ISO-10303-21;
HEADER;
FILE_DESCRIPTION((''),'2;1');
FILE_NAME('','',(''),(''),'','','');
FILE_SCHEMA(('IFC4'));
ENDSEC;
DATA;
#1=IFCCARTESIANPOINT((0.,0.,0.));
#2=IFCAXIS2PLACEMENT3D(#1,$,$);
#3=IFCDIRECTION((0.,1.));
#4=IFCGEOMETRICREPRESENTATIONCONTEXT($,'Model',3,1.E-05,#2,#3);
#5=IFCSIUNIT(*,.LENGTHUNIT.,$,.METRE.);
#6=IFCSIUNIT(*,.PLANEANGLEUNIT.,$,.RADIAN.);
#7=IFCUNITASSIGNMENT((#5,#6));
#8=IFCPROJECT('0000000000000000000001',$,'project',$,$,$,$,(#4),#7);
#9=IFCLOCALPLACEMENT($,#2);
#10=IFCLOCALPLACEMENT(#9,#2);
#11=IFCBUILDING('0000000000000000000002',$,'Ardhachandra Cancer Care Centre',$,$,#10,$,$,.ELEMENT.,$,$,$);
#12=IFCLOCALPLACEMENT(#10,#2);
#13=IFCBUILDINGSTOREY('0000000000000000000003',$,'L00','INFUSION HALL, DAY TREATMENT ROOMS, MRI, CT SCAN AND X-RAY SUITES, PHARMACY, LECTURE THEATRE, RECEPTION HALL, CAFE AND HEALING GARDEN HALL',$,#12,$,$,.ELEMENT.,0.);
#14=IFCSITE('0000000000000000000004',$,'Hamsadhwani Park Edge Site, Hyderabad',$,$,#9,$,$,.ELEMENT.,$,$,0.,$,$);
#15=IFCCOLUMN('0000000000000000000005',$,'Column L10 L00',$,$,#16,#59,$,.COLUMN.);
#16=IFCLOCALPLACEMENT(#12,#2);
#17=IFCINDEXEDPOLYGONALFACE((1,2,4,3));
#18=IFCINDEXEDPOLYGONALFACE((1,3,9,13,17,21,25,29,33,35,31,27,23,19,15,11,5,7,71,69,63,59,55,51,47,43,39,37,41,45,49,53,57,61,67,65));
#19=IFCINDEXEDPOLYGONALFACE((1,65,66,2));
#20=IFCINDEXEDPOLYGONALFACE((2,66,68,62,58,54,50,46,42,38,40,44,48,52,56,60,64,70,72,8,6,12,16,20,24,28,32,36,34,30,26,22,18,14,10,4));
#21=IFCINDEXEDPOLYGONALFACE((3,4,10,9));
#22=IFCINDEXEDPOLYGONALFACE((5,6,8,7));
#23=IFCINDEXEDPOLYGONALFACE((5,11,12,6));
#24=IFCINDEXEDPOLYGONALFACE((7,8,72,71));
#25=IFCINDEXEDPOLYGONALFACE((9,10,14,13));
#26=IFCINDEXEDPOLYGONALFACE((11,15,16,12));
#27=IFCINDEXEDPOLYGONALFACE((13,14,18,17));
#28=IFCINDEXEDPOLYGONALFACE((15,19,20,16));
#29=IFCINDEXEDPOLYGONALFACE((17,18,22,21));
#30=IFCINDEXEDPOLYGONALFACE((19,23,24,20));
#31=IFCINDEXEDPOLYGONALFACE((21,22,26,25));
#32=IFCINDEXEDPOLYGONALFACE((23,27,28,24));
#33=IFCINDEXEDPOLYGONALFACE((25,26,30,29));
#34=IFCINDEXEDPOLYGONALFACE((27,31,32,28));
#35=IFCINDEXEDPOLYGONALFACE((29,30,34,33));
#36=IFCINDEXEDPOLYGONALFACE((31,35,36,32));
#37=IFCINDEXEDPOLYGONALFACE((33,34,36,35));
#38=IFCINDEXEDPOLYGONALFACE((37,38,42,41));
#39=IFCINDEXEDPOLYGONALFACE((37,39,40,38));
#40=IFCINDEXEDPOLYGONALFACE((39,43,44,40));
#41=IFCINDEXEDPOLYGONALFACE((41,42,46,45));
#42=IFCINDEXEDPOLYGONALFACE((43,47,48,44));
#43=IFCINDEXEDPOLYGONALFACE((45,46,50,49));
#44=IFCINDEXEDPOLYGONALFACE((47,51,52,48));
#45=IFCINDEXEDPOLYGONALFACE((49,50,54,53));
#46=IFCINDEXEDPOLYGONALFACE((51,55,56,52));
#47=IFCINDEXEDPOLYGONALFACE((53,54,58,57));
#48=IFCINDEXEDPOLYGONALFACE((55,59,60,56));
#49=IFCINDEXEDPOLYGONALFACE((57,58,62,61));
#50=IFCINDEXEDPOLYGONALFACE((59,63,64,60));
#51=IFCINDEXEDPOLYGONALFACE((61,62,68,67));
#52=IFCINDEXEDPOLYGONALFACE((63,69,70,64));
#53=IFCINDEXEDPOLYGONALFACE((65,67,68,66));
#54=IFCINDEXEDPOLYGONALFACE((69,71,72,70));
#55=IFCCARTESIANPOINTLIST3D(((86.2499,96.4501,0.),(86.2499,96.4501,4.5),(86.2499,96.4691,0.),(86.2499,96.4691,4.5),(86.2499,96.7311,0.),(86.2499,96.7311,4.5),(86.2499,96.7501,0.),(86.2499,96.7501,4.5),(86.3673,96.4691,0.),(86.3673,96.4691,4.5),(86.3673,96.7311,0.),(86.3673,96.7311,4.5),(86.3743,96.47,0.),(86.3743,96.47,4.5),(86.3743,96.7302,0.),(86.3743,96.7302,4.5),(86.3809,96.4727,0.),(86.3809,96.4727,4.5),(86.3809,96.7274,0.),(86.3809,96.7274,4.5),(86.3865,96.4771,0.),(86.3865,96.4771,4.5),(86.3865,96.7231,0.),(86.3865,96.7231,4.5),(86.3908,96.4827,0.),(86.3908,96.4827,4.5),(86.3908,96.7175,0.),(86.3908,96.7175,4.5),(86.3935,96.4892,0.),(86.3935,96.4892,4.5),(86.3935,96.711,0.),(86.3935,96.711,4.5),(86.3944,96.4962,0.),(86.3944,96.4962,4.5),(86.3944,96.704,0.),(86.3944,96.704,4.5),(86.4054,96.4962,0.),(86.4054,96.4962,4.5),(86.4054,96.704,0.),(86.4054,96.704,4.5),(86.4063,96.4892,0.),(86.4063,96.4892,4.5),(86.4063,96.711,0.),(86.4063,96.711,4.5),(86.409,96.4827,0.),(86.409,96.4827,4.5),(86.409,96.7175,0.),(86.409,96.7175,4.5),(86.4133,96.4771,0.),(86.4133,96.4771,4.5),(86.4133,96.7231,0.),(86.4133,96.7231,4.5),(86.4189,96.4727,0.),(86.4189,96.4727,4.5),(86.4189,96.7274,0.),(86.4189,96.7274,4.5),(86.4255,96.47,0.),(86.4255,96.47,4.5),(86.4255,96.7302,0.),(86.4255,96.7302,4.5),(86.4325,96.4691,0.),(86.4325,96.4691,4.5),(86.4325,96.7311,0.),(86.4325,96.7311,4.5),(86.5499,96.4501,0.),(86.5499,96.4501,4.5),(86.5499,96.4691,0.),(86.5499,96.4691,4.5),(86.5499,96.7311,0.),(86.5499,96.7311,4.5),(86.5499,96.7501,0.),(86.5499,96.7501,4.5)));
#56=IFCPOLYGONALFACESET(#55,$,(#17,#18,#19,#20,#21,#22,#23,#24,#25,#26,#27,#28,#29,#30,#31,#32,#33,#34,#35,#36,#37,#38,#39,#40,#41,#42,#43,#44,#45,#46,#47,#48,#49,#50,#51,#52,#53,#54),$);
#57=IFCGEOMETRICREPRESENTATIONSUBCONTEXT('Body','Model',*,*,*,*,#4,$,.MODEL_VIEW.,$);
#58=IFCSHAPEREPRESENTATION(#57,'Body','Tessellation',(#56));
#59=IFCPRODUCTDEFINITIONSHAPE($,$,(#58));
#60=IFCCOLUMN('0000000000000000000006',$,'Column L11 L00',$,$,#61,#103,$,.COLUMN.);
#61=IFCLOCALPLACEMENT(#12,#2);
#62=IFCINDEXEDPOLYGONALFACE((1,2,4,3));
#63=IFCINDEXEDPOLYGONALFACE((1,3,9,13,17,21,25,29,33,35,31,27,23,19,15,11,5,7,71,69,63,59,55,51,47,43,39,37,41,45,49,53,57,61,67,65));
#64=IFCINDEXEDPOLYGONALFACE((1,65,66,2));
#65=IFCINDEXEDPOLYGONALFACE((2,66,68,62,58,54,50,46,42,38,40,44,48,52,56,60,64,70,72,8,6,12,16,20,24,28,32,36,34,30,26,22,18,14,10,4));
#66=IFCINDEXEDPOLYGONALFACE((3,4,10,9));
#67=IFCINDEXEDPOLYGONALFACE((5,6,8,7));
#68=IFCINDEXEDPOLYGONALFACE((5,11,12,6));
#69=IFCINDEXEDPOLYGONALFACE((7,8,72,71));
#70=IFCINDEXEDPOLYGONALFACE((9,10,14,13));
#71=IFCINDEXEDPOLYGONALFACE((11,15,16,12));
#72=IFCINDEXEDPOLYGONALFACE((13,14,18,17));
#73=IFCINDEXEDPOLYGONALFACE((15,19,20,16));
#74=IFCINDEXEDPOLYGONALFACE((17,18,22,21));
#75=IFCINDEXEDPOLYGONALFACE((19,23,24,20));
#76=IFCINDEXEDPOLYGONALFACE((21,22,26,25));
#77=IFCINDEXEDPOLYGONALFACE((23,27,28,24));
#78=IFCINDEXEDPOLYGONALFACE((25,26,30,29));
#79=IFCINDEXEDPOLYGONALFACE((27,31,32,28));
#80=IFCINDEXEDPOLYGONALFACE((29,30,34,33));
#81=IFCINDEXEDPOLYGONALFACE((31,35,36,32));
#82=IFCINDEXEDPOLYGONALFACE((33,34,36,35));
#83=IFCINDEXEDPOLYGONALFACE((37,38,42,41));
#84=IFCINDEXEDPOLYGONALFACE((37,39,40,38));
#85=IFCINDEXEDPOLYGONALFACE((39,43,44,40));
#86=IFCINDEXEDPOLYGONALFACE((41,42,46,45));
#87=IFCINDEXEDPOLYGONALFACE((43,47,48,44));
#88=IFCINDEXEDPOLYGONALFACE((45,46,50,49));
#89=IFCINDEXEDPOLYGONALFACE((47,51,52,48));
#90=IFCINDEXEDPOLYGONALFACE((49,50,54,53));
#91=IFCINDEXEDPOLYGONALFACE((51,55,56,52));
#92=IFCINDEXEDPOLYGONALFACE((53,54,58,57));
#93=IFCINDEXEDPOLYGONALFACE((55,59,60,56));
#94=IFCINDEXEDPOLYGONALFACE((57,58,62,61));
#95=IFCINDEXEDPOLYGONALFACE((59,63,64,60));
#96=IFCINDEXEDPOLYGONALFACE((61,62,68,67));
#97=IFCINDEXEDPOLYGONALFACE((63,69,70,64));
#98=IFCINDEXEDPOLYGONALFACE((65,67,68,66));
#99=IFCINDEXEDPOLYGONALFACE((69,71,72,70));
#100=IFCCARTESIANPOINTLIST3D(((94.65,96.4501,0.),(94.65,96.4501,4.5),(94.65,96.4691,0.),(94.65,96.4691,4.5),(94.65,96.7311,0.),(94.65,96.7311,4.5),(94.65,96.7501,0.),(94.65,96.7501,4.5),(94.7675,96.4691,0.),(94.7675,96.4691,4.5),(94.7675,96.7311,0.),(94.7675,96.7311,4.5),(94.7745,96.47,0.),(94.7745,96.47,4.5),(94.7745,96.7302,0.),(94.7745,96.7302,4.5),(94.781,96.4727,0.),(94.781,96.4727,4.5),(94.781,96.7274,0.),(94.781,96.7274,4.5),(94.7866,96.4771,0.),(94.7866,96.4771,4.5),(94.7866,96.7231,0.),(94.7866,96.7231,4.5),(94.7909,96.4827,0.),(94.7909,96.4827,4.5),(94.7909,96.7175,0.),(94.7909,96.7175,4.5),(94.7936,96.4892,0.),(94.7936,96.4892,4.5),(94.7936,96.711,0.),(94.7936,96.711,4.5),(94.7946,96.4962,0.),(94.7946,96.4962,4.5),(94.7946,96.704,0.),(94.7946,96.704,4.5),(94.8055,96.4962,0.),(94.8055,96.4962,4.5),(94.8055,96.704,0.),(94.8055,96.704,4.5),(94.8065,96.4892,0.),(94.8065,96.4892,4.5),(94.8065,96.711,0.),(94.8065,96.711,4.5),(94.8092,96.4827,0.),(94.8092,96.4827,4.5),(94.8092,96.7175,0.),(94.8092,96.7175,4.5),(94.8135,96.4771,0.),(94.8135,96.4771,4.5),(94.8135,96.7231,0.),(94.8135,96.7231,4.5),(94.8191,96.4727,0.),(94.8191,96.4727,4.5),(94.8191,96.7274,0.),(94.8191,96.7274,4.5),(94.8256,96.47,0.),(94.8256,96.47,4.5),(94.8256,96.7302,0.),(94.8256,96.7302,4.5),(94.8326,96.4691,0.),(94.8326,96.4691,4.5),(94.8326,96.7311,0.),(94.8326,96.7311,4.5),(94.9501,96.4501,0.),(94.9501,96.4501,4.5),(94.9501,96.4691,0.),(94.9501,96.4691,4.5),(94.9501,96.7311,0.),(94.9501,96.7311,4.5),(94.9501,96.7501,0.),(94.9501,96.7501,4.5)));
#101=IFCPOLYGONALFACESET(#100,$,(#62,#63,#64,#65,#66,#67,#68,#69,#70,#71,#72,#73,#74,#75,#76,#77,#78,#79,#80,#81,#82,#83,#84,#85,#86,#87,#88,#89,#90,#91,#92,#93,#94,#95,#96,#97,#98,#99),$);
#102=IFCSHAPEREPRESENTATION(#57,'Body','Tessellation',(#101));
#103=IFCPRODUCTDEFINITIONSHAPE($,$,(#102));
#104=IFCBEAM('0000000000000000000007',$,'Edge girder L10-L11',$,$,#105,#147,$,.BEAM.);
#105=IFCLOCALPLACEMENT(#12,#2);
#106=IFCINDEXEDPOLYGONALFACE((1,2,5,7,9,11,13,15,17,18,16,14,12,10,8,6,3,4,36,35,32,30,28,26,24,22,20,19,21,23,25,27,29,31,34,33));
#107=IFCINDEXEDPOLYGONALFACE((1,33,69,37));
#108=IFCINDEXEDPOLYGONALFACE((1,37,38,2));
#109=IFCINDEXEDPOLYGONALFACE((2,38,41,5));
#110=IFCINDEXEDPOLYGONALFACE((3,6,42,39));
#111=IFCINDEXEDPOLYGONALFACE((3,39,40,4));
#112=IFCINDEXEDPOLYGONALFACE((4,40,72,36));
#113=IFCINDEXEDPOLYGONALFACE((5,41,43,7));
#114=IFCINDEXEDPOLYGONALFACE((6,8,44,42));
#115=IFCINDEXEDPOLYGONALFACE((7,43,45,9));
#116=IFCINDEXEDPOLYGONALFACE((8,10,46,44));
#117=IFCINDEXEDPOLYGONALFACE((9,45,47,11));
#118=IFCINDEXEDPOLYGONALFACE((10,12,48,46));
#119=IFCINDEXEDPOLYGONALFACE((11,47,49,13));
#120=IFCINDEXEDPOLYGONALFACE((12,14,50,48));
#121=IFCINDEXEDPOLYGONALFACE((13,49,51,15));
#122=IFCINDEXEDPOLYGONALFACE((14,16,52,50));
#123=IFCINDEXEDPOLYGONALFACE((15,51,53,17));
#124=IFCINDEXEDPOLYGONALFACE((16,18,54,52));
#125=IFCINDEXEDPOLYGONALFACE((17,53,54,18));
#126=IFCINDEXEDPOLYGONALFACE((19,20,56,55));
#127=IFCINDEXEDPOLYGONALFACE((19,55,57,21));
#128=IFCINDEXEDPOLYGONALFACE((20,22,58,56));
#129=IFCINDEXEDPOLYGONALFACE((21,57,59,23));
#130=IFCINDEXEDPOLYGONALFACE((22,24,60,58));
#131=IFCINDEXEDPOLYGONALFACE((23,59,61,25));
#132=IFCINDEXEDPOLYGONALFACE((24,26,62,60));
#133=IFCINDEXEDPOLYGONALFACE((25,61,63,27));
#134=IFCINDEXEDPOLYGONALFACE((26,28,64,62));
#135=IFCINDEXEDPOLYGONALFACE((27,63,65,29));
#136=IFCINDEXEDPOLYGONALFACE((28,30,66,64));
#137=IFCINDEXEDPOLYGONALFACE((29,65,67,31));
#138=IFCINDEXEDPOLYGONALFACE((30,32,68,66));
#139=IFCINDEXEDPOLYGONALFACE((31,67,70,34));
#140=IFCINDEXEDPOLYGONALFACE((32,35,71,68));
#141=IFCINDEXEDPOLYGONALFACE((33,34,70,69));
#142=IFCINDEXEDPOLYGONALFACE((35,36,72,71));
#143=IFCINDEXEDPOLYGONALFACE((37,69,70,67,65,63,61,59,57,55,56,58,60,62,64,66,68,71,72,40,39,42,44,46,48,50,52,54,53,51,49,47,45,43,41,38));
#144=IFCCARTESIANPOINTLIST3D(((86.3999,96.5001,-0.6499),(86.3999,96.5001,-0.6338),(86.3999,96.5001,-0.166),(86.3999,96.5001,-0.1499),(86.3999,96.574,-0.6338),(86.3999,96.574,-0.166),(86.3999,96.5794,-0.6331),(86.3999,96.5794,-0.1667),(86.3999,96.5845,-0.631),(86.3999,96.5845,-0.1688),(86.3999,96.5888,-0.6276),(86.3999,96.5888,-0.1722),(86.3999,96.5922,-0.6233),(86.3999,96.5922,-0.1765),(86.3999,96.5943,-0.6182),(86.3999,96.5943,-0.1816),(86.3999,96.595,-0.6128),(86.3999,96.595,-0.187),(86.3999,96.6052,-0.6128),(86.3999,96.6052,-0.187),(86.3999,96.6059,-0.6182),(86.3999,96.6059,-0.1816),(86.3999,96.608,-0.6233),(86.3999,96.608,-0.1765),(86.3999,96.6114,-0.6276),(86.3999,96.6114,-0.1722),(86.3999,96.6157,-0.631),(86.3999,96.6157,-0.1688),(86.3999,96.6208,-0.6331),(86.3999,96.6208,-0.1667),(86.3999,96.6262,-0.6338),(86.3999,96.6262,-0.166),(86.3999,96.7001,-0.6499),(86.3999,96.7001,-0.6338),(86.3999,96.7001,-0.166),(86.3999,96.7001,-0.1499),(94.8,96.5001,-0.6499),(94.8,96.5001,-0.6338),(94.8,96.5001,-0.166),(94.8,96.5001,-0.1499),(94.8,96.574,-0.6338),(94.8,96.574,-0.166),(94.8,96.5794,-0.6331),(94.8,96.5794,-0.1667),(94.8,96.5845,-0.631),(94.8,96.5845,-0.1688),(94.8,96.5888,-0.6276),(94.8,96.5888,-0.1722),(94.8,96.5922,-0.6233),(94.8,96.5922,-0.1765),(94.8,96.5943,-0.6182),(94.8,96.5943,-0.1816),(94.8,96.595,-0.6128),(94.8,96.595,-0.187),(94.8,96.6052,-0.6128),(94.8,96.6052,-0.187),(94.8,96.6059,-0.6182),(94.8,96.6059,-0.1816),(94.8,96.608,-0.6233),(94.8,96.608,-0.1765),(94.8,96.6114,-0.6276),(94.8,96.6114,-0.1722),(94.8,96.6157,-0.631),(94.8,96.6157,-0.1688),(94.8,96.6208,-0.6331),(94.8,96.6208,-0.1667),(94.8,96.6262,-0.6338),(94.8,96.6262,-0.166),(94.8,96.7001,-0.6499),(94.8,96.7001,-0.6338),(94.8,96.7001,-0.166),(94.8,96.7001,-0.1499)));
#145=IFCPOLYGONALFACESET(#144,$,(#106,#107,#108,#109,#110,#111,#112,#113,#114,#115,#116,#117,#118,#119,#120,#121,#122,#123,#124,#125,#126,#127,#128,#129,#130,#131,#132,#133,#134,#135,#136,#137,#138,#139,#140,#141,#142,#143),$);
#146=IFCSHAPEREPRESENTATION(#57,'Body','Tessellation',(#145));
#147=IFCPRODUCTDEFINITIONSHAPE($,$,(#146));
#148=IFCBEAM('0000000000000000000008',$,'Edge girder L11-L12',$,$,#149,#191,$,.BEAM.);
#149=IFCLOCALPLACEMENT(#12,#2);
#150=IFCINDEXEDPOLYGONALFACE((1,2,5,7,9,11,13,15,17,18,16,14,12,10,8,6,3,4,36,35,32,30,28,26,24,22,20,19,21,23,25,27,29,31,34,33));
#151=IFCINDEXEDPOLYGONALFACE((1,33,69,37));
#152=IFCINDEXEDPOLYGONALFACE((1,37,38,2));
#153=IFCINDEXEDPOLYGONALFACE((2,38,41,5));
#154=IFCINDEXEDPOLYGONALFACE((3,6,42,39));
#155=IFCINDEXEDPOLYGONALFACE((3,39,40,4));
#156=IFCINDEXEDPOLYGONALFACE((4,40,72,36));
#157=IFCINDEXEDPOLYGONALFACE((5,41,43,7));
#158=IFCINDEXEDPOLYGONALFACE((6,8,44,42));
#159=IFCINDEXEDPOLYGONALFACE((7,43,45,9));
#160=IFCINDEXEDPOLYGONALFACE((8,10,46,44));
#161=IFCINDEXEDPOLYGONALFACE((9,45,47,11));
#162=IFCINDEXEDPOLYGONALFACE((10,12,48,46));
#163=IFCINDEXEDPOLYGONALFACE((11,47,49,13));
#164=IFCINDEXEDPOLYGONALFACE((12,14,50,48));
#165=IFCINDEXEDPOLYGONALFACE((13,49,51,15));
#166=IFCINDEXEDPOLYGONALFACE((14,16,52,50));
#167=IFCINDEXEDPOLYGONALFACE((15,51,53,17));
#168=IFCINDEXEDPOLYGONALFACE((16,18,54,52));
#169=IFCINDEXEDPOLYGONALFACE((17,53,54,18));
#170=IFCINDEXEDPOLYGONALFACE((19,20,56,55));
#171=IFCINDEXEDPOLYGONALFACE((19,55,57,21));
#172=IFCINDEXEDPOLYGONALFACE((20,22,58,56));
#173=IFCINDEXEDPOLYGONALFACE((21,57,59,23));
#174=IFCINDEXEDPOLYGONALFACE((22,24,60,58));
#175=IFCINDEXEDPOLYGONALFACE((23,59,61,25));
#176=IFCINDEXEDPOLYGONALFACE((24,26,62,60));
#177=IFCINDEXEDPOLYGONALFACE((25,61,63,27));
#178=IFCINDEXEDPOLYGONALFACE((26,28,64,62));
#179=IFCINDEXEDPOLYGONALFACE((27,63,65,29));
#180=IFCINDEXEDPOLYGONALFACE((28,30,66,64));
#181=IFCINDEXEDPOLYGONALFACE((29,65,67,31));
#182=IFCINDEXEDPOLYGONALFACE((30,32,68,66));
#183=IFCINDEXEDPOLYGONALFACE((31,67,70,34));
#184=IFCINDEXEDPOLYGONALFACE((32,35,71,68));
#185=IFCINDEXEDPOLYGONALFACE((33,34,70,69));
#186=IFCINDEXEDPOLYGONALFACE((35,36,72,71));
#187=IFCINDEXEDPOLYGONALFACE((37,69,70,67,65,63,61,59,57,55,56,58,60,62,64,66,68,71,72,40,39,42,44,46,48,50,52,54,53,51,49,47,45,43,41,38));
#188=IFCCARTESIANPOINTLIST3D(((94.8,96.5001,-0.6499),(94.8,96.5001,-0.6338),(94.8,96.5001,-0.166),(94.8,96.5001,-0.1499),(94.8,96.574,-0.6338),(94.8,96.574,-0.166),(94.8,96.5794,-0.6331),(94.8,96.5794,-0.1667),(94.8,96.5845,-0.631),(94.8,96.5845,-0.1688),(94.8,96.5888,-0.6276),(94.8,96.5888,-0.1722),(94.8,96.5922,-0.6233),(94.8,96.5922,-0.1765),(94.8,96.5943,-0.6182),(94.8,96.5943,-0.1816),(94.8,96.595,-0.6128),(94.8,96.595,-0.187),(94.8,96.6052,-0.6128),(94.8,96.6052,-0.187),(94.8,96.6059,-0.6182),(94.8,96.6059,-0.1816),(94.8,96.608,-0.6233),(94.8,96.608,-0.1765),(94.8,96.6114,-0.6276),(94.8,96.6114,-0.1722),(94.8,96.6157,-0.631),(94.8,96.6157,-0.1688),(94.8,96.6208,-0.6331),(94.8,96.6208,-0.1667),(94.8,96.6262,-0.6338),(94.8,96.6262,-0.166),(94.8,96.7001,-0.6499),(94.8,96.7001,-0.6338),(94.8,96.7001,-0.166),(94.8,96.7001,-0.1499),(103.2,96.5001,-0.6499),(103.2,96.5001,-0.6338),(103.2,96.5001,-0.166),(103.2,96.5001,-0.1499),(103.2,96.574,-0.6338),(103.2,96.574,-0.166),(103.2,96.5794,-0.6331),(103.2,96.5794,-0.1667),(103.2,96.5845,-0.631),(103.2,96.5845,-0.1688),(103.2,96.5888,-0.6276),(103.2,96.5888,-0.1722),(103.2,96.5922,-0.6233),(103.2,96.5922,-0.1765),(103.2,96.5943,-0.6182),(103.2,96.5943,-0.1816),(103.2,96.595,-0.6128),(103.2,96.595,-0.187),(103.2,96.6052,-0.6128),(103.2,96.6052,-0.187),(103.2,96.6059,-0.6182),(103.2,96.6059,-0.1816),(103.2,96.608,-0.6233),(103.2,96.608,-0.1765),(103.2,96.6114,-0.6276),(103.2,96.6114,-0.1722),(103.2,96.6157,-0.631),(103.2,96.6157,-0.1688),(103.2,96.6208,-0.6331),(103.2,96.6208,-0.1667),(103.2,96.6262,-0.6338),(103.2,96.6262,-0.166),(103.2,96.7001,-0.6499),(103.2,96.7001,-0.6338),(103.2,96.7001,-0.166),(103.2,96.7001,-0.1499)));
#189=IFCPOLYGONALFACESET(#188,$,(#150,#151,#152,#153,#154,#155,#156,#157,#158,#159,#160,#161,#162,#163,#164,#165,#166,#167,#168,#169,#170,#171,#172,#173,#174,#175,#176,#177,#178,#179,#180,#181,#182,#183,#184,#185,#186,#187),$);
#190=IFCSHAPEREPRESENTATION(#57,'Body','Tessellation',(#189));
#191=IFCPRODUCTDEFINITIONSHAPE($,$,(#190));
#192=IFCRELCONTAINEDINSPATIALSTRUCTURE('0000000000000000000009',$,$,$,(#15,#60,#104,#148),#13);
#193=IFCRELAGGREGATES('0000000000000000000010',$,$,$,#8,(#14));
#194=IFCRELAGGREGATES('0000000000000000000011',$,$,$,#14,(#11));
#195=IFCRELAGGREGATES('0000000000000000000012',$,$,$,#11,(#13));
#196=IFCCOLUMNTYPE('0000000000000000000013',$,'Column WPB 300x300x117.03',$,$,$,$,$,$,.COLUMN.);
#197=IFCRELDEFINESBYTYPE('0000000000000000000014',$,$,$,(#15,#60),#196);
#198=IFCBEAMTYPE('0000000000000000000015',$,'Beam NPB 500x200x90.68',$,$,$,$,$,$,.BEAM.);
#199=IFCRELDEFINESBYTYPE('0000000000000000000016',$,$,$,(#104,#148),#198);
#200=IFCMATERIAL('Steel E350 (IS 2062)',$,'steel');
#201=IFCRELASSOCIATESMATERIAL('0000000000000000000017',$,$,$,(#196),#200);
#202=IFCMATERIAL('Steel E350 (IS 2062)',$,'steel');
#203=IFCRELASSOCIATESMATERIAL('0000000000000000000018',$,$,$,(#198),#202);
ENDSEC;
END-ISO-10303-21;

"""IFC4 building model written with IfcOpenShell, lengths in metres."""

from ifc_helpers import new_model, si_unit, direction, frame, origin, origin_2d, place, context, subcontext, project, spatial, i_section, extrude, material, material_profile, profile_set, type_object, element, save


model = new_model("IFC4")

# Units and contexts
model_context = context("Model", 3, precision=1e-05, world=origin(), true_north=direction((0.0, 1.0)))
body_context = subcontext(model_context, "Body", "Model", "MODEL_VIEW")
ifc_project = project(units=[si_unit("LENGTHUNIT", "METRE"), si_unit("PLANEANGLEUNIT", "RADIAN")], contexts=[model_context])

# Site, building, storey
site_placement = place(None, origin())
site = spatial("IfcSite", under=ifc_project, at=site_placement, Name="Hamsadhwani Park Edge Site, Hyderabad", CompositionType="ELEMENT", RefElevation=0.0)
building_placement = place(site_placement, origin())
building = spatial("IfcBuilding", under=site, at=building_placement, Name="Ardhachandra Cancer Care Centre", CompositionType="ELEMENT")
storey_placement = place(building_placement, origin())
storey = spatial("IfcBuildingStorey", under=building, at=storey_placement, Name="L00", Description="INFUSION HALL, DAY TREATMENT ROOMS, MRI, CT SCAN AND X-RAY SUITES, PHARMACY, LECTURE THEATRE, RECEPTION HALL, CAFE AND HEALING GARDEN HALL", CompositionType="ELEMENT", Elevation=0.0)

# Columns
ifc_material_1 = material(Name="Steel E350 (IS 2062)", Category="steel")
ifc_material_profile_1 = material_profile(ifc_material_1, i_section(OverallWidth=0.3, OverallDepth=0.3, WebThickness=0.011, FlangeThickness=0.019, FilletRadius=0.0271, at=origin_2d()), Name="WPB 300x300x117.03")
ifc_profile_set_1 = profile_set([ifc_material_profile_1], Name="Steel E350 (IS 2062)")
column_type = type_object("IfcColumnType", Name="Column WPB 300x300x117.03", PredefinedType="COLUMN", material=ifc_profile_set_1)
for number, where, z_axis, x_axis, name in (
    (1, (86.3999, 96.6001, 0.0), (0.0, 0.0, 1.0), (1.0, 0.0, 0.0), "Column L10 L00"),
    (2, (94.8, 96.6001, 0.0), (0.0, 0.0, 1.0), (1.0, 0.0, 0.0), "Column L11 L00"),
):
    element("IfcColumn", number, at=place(storey_placement, frame(where, z_axis=z_axis, x_axis=x_axis)), inside=storey, type_object=column_type, Name=name, PredefinedType="COLUMN", context=body_context, shape_type="SweptSolid", body=[
        extrude(i_section(OverallWidth=0.3, OverallDepth=0.3, WebThickness=0.011, FlangeThickness=0.019, FilletRadius=0.0271, at=origin_2d()), origin(), (0.0, 0.0, 1.0), 4.5),
    ])

# Beams
ifc_material_2 = material(Name="Steel E350 (IS 2062)", Category="steel")
ifc_material_profile_2 = material_profile(ifc_material_2, i_section(OverallWidth=0.2, OverallDepth=0.5, WebThickness=0.0103, FlangeThickness=0.0161, FilletRadius=0.021, at=origin_2d()), Name="NPB 500x200x90.68")
ifc_profile_set_2 = profile_set([ifc_material_profile_2], Name="Steel E350 (IS 2062)")
beam_type = type_object("IfcBeamType", Name="Beam NPB 500x200x90.68", PredefinedType="BEAM", material=ifc_profile_set_2)
beam_1_placement = place(storey_placement, frame((86.3999, 96.6001, -0.3999), z_axis=(1.0, 0.0, 0.0), x_axis=(0.0, 1.0, 0.0)))
element("IfcBeam", 3, at=beam_1_placement, inside=storey, type_object=beam_type, Name="Edge girder L10-L11", PredefinedType="BEAM", context=body_context, shape_type="SweptSolid", body=[
    extrude(i_section(OverallWidth=0.2, OverallDepth=0.5, WebThickness=0.0103, FlangeThickness=0.0161, FilletRadius=0.021, at=origin_2d()), origin(), (0.0, 0.0, 1.0), 8.4001),
])
beam_2_placement = place(storey_placement, frame((94.8, 96.6001, -0.3999), z_axis=(1.0, 0.0, 0.0), x_axis=(0.0, 1.0, 0.0)))
element("IfcBeam", 4, at=beam_2_placement, inside=storey, type_object=beam_type, Name="Edge girder L11-L12", PredefinedType="BEAM", context=body_context, shape_type="SweptSolid", body=[
    extrude(i_section(OverallWidth=0.2, OverallDepth=0.5, WebThickness=0.0103, FlangeThickness=0.0161, FilletRadius=0.021, at=origin_2d()), origin(), (0.0, 0.0, 1.0), 8.3999),
])

save(model, "model.ifc")
